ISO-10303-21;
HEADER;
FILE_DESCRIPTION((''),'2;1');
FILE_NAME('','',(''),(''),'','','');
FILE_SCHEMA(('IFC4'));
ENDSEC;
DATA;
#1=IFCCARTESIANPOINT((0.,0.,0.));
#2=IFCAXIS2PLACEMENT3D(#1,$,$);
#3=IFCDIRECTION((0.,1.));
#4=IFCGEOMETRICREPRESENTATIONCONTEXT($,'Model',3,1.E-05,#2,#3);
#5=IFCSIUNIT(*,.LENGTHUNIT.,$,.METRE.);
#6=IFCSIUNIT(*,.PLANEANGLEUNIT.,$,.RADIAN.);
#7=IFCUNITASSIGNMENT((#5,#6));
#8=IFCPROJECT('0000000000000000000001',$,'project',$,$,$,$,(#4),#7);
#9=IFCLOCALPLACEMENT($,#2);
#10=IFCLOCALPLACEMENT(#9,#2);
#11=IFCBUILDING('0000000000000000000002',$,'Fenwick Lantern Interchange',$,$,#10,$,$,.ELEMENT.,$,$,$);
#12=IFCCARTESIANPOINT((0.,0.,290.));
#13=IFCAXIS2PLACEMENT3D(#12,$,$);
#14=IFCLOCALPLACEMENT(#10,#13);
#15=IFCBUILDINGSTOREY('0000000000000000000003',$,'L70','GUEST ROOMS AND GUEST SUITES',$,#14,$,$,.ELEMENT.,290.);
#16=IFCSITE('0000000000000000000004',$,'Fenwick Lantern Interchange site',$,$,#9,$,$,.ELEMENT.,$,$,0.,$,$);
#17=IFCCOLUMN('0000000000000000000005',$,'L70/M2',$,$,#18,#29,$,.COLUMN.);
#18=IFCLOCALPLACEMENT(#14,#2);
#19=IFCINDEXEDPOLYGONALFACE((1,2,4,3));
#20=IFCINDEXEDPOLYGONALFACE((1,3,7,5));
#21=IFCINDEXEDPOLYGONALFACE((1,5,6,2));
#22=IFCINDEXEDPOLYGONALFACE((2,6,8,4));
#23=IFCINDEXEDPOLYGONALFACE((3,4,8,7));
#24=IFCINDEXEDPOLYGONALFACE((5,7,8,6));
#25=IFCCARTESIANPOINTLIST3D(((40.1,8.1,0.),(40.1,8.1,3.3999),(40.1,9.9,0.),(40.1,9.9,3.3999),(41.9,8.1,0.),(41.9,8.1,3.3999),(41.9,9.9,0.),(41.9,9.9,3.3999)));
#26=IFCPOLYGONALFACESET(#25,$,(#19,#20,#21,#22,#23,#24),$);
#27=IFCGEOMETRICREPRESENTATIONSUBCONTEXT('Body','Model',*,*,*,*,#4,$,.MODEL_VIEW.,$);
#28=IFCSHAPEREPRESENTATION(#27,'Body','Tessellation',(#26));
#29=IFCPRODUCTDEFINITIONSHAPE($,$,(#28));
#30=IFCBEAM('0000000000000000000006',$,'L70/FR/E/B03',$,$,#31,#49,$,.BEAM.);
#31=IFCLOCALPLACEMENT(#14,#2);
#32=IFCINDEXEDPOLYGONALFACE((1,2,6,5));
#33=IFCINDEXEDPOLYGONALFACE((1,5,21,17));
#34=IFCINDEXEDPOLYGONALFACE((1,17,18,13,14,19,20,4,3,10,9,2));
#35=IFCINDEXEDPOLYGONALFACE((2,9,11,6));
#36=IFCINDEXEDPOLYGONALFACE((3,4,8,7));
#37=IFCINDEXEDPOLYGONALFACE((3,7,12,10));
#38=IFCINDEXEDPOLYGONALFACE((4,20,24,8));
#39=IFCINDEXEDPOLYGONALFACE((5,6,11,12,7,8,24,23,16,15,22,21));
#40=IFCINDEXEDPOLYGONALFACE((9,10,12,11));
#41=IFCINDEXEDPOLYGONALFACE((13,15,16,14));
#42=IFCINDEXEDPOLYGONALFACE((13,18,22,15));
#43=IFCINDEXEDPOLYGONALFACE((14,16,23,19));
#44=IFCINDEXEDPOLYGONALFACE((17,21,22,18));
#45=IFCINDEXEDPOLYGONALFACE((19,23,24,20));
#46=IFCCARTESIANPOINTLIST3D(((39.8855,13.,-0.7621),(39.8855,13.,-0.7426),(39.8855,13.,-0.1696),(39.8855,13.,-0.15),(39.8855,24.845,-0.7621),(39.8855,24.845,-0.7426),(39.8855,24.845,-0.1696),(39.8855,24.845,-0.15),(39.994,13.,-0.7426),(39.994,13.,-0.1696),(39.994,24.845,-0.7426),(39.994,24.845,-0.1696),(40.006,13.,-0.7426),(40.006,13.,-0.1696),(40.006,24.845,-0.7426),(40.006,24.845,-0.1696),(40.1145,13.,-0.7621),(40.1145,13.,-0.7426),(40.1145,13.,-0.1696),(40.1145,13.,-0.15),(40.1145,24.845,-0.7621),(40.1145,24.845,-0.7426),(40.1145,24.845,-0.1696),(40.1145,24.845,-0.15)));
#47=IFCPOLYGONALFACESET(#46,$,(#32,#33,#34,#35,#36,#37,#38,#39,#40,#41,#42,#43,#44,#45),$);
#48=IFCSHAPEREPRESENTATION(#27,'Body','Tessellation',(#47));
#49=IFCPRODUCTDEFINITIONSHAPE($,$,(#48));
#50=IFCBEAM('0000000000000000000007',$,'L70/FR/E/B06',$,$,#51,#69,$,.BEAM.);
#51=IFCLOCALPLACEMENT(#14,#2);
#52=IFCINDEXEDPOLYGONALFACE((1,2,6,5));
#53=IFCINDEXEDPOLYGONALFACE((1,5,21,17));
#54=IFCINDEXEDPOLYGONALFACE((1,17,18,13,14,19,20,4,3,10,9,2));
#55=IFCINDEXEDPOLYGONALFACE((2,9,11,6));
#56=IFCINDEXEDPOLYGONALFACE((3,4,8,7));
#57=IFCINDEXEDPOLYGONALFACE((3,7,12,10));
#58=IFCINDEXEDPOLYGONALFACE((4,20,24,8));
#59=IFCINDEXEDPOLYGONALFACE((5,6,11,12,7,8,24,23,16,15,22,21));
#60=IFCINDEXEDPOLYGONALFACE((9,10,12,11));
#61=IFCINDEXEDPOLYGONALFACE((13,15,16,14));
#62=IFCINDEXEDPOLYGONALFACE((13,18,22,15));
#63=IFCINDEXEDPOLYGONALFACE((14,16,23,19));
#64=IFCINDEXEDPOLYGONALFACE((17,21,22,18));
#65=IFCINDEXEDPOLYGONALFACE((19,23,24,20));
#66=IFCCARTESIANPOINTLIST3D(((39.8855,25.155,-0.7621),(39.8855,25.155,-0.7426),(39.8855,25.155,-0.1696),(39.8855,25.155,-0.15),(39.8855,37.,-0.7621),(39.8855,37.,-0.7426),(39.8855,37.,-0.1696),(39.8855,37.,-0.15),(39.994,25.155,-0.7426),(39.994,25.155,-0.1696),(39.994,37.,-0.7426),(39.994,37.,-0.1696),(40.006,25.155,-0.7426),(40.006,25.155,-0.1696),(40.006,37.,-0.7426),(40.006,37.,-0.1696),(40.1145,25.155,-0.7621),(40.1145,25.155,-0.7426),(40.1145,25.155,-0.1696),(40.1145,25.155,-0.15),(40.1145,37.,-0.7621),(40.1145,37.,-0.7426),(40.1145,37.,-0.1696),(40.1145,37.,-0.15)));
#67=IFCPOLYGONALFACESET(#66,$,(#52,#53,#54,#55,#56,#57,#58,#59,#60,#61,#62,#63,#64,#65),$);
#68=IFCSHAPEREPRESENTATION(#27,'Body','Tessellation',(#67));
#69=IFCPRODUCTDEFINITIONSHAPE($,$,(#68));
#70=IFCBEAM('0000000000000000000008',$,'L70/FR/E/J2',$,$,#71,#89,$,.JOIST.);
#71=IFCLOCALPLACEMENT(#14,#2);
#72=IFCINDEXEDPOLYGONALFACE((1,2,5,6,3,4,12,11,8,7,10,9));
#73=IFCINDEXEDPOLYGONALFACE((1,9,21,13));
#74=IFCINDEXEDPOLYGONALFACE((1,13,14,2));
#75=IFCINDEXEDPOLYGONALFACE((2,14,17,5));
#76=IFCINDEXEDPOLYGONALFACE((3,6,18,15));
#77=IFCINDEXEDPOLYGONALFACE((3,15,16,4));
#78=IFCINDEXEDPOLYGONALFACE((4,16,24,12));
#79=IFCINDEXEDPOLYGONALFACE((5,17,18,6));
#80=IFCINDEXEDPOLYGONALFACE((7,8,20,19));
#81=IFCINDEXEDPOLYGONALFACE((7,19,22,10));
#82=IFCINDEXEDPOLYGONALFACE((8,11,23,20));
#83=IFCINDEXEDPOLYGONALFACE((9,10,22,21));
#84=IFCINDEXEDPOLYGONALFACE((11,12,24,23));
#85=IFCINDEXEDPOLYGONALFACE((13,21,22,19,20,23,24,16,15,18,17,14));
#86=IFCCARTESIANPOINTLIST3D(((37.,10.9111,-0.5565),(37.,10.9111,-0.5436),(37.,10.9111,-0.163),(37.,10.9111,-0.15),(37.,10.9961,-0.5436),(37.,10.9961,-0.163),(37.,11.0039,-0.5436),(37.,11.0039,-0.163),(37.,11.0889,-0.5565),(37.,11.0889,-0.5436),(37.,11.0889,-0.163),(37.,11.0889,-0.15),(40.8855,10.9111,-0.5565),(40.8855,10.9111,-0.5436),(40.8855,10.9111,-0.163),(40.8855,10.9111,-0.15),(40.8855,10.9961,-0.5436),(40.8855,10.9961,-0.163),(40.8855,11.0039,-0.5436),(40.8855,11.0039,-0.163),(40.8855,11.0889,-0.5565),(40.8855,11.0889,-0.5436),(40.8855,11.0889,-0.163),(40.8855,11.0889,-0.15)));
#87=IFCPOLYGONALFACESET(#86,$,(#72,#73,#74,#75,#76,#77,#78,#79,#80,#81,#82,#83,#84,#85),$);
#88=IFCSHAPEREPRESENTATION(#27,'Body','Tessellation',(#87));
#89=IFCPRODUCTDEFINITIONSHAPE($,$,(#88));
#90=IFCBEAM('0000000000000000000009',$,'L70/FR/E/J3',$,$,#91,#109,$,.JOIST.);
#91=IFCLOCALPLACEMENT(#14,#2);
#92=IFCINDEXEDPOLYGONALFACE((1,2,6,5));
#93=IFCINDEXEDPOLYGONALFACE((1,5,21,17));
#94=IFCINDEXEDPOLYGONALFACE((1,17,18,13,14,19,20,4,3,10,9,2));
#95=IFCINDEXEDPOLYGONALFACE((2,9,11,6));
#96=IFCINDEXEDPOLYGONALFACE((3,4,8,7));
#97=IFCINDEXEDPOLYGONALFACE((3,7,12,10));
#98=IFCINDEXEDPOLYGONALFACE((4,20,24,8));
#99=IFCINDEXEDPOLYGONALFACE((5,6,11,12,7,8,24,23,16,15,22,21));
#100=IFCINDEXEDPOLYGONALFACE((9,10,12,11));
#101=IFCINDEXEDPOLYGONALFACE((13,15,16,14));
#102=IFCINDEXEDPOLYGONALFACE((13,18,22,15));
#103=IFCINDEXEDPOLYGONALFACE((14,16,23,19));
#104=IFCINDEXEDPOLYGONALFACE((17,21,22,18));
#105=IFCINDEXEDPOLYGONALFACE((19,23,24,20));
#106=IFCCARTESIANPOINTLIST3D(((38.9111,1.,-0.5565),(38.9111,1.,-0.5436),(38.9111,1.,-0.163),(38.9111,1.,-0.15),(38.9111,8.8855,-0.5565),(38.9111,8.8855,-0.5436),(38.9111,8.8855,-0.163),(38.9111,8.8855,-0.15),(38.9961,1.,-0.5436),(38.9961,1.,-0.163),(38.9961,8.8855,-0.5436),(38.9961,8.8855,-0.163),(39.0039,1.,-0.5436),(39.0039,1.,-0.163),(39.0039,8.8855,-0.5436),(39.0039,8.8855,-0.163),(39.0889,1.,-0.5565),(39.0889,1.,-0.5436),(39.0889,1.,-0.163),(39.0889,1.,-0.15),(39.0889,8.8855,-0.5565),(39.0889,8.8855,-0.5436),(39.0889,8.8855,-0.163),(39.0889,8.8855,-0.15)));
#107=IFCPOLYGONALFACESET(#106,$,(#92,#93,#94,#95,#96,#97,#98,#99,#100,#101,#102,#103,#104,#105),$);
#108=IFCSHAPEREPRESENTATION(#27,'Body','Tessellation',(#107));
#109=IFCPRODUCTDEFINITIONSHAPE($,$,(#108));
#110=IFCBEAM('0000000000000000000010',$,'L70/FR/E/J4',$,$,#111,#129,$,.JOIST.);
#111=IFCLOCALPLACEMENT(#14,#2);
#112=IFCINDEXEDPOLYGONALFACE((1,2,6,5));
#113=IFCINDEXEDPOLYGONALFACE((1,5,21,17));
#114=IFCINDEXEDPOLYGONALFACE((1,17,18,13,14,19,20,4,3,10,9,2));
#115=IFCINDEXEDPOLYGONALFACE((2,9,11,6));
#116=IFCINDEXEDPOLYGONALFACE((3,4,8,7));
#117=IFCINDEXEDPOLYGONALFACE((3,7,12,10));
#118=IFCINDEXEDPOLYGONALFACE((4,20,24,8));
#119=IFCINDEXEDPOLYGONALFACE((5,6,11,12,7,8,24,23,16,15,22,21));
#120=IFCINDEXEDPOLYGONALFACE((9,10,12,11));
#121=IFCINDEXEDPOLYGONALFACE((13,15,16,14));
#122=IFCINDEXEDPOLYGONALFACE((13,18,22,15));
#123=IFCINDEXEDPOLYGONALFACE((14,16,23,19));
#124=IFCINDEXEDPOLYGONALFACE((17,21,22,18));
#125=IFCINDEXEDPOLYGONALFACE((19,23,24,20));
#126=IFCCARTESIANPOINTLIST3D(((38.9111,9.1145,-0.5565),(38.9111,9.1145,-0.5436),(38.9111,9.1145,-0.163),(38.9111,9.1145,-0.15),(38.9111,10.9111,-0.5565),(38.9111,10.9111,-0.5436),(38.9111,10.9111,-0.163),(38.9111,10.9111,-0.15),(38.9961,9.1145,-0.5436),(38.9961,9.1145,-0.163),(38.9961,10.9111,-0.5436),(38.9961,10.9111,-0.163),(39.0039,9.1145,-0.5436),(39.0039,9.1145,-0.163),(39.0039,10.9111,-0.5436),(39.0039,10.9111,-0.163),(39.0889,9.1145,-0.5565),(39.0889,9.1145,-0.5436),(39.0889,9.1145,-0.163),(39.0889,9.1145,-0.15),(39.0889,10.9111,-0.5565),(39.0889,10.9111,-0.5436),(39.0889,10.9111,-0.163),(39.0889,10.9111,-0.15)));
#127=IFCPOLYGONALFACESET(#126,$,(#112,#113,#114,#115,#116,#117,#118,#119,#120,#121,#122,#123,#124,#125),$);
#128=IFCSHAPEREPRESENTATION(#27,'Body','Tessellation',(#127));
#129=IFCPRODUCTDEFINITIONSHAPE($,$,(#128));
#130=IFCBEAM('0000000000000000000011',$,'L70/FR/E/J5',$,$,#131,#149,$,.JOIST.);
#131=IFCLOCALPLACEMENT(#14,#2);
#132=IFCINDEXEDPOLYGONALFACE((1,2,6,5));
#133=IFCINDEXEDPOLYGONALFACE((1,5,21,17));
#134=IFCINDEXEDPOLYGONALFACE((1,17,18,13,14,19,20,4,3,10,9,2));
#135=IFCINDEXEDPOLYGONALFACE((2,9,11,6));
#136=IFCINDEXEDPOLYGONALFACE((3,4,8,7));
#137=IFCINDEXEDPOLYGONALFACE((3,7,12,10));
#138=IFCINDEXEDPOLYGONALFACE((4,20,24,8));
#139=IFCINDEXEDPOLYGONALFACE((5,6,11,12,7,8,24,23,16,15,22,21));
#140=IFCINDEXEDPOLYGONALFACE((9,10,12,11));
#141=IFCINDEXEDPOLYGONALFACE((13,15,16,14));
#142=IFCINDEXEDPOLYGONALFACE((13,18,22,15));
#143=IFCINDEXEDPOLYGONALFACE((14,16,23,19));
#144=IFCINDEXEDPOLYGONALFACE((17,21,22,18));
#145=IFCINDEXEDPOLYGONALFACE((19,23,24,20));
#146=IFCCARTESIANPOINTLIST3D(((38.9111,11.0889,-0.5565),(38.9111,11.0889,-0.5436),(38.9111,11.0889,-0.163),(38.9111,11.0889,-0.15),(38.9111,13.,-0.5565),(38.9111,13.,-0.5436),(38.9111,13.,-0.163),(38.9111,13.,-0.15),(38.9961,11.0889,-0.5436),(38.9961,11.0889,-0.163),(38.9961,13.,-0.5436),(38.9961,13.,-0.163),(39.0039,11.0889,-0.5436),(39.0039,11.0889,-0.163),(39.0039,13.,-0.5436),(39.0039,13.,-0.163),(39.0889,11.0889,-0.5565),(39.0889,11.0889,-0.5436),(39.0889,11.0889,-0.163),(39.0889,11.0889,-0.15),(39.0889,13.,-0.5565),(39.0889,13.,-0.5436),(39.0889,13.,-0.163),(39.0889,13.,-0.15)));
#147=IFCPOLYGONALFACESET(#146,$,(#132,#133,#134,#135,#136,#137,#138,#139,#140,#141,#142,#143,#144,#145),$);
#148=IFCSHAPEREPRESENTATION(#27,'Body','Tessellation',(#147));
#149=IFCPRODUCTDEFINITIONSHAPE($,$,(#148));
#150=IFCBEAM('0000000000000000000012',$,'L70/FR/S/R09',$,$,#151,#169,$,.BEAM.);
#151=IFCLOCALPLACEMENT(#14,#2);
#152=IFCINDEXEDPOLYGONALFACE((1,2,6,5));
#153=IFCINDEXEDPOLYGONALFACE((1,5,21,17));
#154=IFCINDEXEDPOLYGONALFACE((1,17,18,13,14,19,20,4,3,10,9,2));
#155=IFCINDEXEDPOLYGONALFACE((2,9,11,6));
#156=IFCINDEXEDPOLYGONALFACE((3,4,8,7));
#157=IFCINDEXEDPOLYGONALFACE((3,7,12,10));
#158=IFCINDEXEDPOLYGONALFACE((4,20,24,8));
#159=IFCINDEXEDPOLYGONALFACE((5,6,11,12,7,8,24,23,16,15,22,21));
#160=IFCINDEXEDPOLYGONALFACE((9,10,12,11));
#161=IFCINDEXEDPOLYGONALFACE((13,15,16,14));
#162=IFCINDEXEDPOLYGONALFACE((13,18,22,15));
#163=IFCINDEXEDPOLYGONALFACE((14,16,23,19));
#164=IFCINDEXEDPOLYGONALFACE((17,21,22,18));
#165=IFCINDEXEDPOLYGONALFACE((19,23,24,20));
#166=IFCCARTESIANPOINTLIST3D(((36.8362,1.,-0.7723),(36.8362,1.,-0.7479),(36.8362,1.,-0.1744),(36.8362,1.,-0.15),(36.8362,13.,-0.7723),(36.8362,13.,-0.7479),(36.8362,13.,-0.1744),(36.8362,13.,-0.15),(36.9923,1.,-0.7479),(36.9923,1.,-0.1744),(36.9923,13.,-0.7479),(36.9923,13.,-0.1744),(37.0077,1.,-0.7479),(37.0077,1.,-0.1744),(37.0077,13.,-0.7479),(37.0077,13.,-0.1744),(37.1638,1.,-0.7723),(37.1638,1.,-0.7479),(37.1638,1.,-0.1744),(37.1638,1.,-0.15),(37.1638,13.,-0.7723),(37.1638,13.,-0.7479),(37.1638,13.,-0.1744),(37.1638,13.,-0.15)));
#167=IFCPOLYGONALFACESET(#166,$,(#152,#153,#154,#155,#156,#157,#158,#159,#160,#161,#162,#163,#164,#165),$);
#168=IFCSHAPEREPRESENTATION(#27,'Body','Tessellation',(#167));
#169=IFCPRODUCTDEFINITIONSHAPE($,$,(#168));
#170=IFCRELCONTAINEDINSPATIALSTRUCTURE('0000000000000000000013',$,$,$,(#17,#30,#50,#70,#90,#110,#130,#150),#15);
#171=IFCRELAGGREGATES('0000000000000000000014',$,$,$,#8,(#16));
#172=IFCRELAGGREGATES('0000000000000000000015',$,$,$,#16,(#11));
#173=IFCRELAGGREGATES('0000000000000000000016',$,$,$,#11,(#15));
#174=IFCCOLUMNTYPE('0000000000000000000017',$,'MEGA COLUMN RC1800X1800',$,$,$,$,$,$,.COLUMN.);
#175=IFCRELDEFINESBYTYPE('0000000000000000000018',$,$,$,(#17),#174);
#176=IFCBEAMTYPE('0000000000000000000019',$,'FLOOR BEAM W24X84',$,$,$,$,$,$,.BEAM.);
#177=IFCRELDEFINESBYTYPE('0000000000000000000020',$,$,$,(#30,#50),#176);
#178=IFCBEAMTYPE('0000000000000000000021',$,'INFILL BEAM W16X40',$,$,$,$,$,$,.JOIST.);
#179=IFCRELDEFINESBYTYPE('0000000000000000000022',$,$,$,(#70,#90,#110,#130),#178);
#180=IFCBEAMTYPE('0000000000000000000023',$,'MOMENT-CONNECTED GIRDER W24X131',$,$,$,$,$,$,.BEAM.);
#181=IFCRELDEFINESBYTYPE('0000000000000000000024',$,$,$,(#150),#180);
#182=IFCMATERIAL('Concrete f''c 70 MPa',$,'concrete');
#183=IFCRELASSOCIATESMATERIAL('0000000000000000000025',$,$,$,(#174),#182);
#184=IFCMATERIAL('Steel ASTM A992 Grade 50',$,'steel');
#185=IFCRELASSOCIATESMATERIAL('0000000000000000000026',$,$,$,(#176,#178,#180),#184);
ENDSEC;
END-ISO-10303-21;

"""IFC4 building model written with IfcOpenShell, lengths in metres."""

from ifc_helpers import new_model, si_unit, direction, frame, origin, origin_2d, place, context, subcontext, project, spatial, rectangle, i_section, extrude, material, material_profile, profile_set, type_object, element, save


model = new_model("IFC4")

# Units and contexts
model_context = context("Model", 3, precision=1e-05, world=origin(), true_north=direction((0.0, 1.0)))
body_context = subcontext(model_context, "Body", "Model", "MODEL_VIEW")
ifc_project = project(units=[si_unit("LENGTHUNIT", "METRE"), si_unit("PLANEANGLEUNIT", "RADIAN")], contexts=[model_context])

# Site, building, storey
site_placement = place(None, origin())
site = spatial("IfcSite", under=ifc_project, at=site_placement, Name="Fenwick Lantern Interchange site", CompositionType="ELEMENT", RefElevation=0.0)
building_placement = place(site_placement, origin())
building = spatial("IfcBuilding", under=site, at=building_placement, Name="Fenwick Lantern Interchange", CompositionType="ELEMENT")
storey_placement = place(building_placement, frame((0.0, 0.0, 290.0)))
storey = spatial("IfcBuildingStorey", under=building, at=storey_placement, Name="L70", Description="GUEST ROOMS AND GUEST SUITES", CompositionType="ELEMENT", Elevation=290.0)

# Column
ifc_material_1 = material(Name="Concrete f'c 70 MPa", Category="concrete")
ifc_material_profile_1 = material_profile(ifc_material_1, rectangle(XDim=1.8, YDim=1.8, at=origin_2d()), Name="RC1800X1800")
ifc_profile_set_1 = profile_set([ifc_material_profile_1], Name="Concrete f'c 70 MPa")
column_type = type_object("IfcColumnType", Name="MEGA COLUMN RC1800X1800", PredefinedType="COLUMN", material=ifc_profile_set_1)
column_placement = place(storey_placement, frame((41.0, 9.0, 0.0), z_axis=(0.0, 0.0, 1.0), x_axis=(1.0, 0.0, 0.0)))
element("IfcColumn", 1, at=column_placement, inside=storey, type_object=column_type, Name="L70/M2", PredefinedType="COLUMN", context=body_context, shape_type="SweptSolid", body=[
    extrude(rectangle(XDim=1.8, YDim=1.8, at=origin_2d()), origin(), (0.0, 0.0, 1.0), 3.3999),
])

# Beams
ifc_material_2 = material(Name="Steel ASTM A992 Grade 50", Category="steel")
ifc_material_profile_2 = material_profile(ifc_material_2, i_section(OverallWidth=0.229, OverallDepth=0.6121, WebThickness=0.012, FlangeThickness=0.0195, at=origin_2d()), Name="W24X84")
ifc_profile_set_2 = profile_set([ifc_material_profile_2], Name="Steel ASTM A992 Grade 50")
beam_type_1 = type_object("IfcBeamType", Name="FLOOR BEAM W24X84", PredefinedType="BEAM", material=ifc_profile_set_2)
for number, where, z_axis, x_axis, name in (
    (2, (40.0, 13.0, -0.4561), (0.0, 1.0, 0.0), (-1.0, 0.0, 0.0), "L70/FR/E/B03"),
    (3, (40.0, 25.155, -0.4561), (0.0, 1.0, 0.0), (-1.0, 0.0, 0.0), "L70/FR/E/B06"),
):
    element("IfcBeam", number, at=place(storey_placement, frame(where, z_axis=z_axis, x_axis=x_axis)), inside=storey, type_object=beam_type_1, Name=name, PredefinedType="BEAM", context=body_context, shape_type="SweptSolid", body=[
        extrude(i_section(OverallWidth=0.229, OverallDepth=0.6121, WebThickness=0.012, FlangeThickness=0.0195, at=origin_2d()), origin(), (0.0, 0.0, 1.0), 11.845),
    ])
ifc_material_profile_3 = material_profile(ifc_material_2, i_section(OverallWidth=0.1777, OverallDepth=0.4065, WebThickness=0.0078, FlangeThickness=0.0129, at=origin_2d()), Name="W16X40")
ifc_profile_set_3 = profile_set([ifc_material_profile_3], Name="Steel ASTM A992 Grade 50")
beam_type_2 = type_object("IfcBeamType", Name="INFILL BEAM W16X40", PredefinedType="JOIST", material=ifc_profile_set_3)
beam_1_placement = place(storey_placement, frame((40.8855, 11.0, -0.3533), z_axis=(-1.0, 0.0, 0.0), x_axis=(0.0, -1.0, 0.0)))
element("IfcBeam", 4, at=beam_1_placement, inside=storey, type_object=beam_type_2, Name="L70/FR/E/J2", PredefinedType="JOIST", context=body_context, shape_type="SweptSolid", body=[
    extrude(i_section(OverallWidth=0.1777, OverallDepth=0.4065, WebThickness=0.0078, FlangeThickness=0.0129, at=origin_2d()), origin(), (0.0, 0.0, 1.0), 3.8855),
])
beam_2_placement = place(storey_placement, frame((39.0, 1.0, -0.3533), z_axis=(0.0, 1.0, 0.0), x_axis=(-1.0, 0.0, 0.0)))
element("IfcBeam", 5, at=beam_2_placement, inside=storey, type_object=beam_type_2, Name="L70/FR/E/J3", PredefinedType="JOIST", context=body_context, shape_type="SweptSolid", body=[
    extrude(i_section(OverallWidth=0.1777, OverallDepth=0.4065, WebThickness=0.0078, FlangeThickness=0.0129, at=origin_2d()), origin(), (0.0, 0.0, 1.0), 7.8855),
])
beam_3_placement = place(storey_placement, frame((39.0, 9.1145, -0.3533), z_axis=(0.0, 1.0, 0.0), x_axis=(-1.0, 0.0, 0.0)))
element("IfcBeam", 6, at=beam_3_placement, inside=storey, type_object=beam_type_2, Name="L70/FR/E/J4", PredefinedType="JOIST", context=body_context, shape_type="SweptSolid", body=[
    extrude(i_section(OverallWidth=0.1777, OverallDepth=0.4065, WebThickness=0.0078, FlangeThickness=0.0129, at=origin_2d()), origin(), (0.0, 0.0, 1.0), 1.7966),
])
beam_4_placement = place(storey_placement, frame((39.0, 11.0889, -0.3533), z_axis=(0.0, 1.0, 0.0), x_axis=(-1.0, 0.0, 0.0)))
element("IfcBeam", 7, at=beam_4_placement, inside=storey, type_object=beam_type_2, Name="L70/FR/E/J5", PredefinedType="JOIST", context=body_context, shape_type="SweptSolid", body=[
    extrude(i_section(OverallWidth=0.1777, OverallDepth=0.4065, WebThickness=0.0078, FlangeThickness=0.0129, at=origin_2d()), origin(), (0.0, 0.0, 1.0), 1.9111),
])
ifc_material_profile_4 = material_profile(ifc_material_2, i_section(OverallWidth=0.3276, OverallDepth=0.6223, WebThickness=0.0154, FlangeThickness=0.0244, at=origin_2d()), Name="W24X131")
ifc_profile_set_4 = profile_set([ifc_material_profile_4], Name="Steel ASTM A992 Grade 50")
beam_type_3 = type_object("IfcBeamType", Name="MOMENT-CONNECTED GIRDER W24X131", PredefinedType="BEAM", material=ifc_profile_set_4)
beam_5_placement = place(storey_placement, frame((37.0, 1.0, -0.4612), z_axis=(0.0, 1.0, 0.0), x_axis=(-1.0, 0.0, 0.0)))
element("IfcBeam", 8, at=beam_5_placement, inside=storey, type_object=beam_type_3, Name="L70/FR/S/R09", PredefinedType="BEAM", context=body_context, shape_type="SweptSolid", body=[
    extrude(i_section(OverallWidth=0.3276, OverallDepth=0.6223, WebThickness=0.0154, FlangeThickness=0.0244, at=origin_2d()), origin(), (0.0, 0.0, 1.0), 12.0),
])

save(model, "model.ifc")
